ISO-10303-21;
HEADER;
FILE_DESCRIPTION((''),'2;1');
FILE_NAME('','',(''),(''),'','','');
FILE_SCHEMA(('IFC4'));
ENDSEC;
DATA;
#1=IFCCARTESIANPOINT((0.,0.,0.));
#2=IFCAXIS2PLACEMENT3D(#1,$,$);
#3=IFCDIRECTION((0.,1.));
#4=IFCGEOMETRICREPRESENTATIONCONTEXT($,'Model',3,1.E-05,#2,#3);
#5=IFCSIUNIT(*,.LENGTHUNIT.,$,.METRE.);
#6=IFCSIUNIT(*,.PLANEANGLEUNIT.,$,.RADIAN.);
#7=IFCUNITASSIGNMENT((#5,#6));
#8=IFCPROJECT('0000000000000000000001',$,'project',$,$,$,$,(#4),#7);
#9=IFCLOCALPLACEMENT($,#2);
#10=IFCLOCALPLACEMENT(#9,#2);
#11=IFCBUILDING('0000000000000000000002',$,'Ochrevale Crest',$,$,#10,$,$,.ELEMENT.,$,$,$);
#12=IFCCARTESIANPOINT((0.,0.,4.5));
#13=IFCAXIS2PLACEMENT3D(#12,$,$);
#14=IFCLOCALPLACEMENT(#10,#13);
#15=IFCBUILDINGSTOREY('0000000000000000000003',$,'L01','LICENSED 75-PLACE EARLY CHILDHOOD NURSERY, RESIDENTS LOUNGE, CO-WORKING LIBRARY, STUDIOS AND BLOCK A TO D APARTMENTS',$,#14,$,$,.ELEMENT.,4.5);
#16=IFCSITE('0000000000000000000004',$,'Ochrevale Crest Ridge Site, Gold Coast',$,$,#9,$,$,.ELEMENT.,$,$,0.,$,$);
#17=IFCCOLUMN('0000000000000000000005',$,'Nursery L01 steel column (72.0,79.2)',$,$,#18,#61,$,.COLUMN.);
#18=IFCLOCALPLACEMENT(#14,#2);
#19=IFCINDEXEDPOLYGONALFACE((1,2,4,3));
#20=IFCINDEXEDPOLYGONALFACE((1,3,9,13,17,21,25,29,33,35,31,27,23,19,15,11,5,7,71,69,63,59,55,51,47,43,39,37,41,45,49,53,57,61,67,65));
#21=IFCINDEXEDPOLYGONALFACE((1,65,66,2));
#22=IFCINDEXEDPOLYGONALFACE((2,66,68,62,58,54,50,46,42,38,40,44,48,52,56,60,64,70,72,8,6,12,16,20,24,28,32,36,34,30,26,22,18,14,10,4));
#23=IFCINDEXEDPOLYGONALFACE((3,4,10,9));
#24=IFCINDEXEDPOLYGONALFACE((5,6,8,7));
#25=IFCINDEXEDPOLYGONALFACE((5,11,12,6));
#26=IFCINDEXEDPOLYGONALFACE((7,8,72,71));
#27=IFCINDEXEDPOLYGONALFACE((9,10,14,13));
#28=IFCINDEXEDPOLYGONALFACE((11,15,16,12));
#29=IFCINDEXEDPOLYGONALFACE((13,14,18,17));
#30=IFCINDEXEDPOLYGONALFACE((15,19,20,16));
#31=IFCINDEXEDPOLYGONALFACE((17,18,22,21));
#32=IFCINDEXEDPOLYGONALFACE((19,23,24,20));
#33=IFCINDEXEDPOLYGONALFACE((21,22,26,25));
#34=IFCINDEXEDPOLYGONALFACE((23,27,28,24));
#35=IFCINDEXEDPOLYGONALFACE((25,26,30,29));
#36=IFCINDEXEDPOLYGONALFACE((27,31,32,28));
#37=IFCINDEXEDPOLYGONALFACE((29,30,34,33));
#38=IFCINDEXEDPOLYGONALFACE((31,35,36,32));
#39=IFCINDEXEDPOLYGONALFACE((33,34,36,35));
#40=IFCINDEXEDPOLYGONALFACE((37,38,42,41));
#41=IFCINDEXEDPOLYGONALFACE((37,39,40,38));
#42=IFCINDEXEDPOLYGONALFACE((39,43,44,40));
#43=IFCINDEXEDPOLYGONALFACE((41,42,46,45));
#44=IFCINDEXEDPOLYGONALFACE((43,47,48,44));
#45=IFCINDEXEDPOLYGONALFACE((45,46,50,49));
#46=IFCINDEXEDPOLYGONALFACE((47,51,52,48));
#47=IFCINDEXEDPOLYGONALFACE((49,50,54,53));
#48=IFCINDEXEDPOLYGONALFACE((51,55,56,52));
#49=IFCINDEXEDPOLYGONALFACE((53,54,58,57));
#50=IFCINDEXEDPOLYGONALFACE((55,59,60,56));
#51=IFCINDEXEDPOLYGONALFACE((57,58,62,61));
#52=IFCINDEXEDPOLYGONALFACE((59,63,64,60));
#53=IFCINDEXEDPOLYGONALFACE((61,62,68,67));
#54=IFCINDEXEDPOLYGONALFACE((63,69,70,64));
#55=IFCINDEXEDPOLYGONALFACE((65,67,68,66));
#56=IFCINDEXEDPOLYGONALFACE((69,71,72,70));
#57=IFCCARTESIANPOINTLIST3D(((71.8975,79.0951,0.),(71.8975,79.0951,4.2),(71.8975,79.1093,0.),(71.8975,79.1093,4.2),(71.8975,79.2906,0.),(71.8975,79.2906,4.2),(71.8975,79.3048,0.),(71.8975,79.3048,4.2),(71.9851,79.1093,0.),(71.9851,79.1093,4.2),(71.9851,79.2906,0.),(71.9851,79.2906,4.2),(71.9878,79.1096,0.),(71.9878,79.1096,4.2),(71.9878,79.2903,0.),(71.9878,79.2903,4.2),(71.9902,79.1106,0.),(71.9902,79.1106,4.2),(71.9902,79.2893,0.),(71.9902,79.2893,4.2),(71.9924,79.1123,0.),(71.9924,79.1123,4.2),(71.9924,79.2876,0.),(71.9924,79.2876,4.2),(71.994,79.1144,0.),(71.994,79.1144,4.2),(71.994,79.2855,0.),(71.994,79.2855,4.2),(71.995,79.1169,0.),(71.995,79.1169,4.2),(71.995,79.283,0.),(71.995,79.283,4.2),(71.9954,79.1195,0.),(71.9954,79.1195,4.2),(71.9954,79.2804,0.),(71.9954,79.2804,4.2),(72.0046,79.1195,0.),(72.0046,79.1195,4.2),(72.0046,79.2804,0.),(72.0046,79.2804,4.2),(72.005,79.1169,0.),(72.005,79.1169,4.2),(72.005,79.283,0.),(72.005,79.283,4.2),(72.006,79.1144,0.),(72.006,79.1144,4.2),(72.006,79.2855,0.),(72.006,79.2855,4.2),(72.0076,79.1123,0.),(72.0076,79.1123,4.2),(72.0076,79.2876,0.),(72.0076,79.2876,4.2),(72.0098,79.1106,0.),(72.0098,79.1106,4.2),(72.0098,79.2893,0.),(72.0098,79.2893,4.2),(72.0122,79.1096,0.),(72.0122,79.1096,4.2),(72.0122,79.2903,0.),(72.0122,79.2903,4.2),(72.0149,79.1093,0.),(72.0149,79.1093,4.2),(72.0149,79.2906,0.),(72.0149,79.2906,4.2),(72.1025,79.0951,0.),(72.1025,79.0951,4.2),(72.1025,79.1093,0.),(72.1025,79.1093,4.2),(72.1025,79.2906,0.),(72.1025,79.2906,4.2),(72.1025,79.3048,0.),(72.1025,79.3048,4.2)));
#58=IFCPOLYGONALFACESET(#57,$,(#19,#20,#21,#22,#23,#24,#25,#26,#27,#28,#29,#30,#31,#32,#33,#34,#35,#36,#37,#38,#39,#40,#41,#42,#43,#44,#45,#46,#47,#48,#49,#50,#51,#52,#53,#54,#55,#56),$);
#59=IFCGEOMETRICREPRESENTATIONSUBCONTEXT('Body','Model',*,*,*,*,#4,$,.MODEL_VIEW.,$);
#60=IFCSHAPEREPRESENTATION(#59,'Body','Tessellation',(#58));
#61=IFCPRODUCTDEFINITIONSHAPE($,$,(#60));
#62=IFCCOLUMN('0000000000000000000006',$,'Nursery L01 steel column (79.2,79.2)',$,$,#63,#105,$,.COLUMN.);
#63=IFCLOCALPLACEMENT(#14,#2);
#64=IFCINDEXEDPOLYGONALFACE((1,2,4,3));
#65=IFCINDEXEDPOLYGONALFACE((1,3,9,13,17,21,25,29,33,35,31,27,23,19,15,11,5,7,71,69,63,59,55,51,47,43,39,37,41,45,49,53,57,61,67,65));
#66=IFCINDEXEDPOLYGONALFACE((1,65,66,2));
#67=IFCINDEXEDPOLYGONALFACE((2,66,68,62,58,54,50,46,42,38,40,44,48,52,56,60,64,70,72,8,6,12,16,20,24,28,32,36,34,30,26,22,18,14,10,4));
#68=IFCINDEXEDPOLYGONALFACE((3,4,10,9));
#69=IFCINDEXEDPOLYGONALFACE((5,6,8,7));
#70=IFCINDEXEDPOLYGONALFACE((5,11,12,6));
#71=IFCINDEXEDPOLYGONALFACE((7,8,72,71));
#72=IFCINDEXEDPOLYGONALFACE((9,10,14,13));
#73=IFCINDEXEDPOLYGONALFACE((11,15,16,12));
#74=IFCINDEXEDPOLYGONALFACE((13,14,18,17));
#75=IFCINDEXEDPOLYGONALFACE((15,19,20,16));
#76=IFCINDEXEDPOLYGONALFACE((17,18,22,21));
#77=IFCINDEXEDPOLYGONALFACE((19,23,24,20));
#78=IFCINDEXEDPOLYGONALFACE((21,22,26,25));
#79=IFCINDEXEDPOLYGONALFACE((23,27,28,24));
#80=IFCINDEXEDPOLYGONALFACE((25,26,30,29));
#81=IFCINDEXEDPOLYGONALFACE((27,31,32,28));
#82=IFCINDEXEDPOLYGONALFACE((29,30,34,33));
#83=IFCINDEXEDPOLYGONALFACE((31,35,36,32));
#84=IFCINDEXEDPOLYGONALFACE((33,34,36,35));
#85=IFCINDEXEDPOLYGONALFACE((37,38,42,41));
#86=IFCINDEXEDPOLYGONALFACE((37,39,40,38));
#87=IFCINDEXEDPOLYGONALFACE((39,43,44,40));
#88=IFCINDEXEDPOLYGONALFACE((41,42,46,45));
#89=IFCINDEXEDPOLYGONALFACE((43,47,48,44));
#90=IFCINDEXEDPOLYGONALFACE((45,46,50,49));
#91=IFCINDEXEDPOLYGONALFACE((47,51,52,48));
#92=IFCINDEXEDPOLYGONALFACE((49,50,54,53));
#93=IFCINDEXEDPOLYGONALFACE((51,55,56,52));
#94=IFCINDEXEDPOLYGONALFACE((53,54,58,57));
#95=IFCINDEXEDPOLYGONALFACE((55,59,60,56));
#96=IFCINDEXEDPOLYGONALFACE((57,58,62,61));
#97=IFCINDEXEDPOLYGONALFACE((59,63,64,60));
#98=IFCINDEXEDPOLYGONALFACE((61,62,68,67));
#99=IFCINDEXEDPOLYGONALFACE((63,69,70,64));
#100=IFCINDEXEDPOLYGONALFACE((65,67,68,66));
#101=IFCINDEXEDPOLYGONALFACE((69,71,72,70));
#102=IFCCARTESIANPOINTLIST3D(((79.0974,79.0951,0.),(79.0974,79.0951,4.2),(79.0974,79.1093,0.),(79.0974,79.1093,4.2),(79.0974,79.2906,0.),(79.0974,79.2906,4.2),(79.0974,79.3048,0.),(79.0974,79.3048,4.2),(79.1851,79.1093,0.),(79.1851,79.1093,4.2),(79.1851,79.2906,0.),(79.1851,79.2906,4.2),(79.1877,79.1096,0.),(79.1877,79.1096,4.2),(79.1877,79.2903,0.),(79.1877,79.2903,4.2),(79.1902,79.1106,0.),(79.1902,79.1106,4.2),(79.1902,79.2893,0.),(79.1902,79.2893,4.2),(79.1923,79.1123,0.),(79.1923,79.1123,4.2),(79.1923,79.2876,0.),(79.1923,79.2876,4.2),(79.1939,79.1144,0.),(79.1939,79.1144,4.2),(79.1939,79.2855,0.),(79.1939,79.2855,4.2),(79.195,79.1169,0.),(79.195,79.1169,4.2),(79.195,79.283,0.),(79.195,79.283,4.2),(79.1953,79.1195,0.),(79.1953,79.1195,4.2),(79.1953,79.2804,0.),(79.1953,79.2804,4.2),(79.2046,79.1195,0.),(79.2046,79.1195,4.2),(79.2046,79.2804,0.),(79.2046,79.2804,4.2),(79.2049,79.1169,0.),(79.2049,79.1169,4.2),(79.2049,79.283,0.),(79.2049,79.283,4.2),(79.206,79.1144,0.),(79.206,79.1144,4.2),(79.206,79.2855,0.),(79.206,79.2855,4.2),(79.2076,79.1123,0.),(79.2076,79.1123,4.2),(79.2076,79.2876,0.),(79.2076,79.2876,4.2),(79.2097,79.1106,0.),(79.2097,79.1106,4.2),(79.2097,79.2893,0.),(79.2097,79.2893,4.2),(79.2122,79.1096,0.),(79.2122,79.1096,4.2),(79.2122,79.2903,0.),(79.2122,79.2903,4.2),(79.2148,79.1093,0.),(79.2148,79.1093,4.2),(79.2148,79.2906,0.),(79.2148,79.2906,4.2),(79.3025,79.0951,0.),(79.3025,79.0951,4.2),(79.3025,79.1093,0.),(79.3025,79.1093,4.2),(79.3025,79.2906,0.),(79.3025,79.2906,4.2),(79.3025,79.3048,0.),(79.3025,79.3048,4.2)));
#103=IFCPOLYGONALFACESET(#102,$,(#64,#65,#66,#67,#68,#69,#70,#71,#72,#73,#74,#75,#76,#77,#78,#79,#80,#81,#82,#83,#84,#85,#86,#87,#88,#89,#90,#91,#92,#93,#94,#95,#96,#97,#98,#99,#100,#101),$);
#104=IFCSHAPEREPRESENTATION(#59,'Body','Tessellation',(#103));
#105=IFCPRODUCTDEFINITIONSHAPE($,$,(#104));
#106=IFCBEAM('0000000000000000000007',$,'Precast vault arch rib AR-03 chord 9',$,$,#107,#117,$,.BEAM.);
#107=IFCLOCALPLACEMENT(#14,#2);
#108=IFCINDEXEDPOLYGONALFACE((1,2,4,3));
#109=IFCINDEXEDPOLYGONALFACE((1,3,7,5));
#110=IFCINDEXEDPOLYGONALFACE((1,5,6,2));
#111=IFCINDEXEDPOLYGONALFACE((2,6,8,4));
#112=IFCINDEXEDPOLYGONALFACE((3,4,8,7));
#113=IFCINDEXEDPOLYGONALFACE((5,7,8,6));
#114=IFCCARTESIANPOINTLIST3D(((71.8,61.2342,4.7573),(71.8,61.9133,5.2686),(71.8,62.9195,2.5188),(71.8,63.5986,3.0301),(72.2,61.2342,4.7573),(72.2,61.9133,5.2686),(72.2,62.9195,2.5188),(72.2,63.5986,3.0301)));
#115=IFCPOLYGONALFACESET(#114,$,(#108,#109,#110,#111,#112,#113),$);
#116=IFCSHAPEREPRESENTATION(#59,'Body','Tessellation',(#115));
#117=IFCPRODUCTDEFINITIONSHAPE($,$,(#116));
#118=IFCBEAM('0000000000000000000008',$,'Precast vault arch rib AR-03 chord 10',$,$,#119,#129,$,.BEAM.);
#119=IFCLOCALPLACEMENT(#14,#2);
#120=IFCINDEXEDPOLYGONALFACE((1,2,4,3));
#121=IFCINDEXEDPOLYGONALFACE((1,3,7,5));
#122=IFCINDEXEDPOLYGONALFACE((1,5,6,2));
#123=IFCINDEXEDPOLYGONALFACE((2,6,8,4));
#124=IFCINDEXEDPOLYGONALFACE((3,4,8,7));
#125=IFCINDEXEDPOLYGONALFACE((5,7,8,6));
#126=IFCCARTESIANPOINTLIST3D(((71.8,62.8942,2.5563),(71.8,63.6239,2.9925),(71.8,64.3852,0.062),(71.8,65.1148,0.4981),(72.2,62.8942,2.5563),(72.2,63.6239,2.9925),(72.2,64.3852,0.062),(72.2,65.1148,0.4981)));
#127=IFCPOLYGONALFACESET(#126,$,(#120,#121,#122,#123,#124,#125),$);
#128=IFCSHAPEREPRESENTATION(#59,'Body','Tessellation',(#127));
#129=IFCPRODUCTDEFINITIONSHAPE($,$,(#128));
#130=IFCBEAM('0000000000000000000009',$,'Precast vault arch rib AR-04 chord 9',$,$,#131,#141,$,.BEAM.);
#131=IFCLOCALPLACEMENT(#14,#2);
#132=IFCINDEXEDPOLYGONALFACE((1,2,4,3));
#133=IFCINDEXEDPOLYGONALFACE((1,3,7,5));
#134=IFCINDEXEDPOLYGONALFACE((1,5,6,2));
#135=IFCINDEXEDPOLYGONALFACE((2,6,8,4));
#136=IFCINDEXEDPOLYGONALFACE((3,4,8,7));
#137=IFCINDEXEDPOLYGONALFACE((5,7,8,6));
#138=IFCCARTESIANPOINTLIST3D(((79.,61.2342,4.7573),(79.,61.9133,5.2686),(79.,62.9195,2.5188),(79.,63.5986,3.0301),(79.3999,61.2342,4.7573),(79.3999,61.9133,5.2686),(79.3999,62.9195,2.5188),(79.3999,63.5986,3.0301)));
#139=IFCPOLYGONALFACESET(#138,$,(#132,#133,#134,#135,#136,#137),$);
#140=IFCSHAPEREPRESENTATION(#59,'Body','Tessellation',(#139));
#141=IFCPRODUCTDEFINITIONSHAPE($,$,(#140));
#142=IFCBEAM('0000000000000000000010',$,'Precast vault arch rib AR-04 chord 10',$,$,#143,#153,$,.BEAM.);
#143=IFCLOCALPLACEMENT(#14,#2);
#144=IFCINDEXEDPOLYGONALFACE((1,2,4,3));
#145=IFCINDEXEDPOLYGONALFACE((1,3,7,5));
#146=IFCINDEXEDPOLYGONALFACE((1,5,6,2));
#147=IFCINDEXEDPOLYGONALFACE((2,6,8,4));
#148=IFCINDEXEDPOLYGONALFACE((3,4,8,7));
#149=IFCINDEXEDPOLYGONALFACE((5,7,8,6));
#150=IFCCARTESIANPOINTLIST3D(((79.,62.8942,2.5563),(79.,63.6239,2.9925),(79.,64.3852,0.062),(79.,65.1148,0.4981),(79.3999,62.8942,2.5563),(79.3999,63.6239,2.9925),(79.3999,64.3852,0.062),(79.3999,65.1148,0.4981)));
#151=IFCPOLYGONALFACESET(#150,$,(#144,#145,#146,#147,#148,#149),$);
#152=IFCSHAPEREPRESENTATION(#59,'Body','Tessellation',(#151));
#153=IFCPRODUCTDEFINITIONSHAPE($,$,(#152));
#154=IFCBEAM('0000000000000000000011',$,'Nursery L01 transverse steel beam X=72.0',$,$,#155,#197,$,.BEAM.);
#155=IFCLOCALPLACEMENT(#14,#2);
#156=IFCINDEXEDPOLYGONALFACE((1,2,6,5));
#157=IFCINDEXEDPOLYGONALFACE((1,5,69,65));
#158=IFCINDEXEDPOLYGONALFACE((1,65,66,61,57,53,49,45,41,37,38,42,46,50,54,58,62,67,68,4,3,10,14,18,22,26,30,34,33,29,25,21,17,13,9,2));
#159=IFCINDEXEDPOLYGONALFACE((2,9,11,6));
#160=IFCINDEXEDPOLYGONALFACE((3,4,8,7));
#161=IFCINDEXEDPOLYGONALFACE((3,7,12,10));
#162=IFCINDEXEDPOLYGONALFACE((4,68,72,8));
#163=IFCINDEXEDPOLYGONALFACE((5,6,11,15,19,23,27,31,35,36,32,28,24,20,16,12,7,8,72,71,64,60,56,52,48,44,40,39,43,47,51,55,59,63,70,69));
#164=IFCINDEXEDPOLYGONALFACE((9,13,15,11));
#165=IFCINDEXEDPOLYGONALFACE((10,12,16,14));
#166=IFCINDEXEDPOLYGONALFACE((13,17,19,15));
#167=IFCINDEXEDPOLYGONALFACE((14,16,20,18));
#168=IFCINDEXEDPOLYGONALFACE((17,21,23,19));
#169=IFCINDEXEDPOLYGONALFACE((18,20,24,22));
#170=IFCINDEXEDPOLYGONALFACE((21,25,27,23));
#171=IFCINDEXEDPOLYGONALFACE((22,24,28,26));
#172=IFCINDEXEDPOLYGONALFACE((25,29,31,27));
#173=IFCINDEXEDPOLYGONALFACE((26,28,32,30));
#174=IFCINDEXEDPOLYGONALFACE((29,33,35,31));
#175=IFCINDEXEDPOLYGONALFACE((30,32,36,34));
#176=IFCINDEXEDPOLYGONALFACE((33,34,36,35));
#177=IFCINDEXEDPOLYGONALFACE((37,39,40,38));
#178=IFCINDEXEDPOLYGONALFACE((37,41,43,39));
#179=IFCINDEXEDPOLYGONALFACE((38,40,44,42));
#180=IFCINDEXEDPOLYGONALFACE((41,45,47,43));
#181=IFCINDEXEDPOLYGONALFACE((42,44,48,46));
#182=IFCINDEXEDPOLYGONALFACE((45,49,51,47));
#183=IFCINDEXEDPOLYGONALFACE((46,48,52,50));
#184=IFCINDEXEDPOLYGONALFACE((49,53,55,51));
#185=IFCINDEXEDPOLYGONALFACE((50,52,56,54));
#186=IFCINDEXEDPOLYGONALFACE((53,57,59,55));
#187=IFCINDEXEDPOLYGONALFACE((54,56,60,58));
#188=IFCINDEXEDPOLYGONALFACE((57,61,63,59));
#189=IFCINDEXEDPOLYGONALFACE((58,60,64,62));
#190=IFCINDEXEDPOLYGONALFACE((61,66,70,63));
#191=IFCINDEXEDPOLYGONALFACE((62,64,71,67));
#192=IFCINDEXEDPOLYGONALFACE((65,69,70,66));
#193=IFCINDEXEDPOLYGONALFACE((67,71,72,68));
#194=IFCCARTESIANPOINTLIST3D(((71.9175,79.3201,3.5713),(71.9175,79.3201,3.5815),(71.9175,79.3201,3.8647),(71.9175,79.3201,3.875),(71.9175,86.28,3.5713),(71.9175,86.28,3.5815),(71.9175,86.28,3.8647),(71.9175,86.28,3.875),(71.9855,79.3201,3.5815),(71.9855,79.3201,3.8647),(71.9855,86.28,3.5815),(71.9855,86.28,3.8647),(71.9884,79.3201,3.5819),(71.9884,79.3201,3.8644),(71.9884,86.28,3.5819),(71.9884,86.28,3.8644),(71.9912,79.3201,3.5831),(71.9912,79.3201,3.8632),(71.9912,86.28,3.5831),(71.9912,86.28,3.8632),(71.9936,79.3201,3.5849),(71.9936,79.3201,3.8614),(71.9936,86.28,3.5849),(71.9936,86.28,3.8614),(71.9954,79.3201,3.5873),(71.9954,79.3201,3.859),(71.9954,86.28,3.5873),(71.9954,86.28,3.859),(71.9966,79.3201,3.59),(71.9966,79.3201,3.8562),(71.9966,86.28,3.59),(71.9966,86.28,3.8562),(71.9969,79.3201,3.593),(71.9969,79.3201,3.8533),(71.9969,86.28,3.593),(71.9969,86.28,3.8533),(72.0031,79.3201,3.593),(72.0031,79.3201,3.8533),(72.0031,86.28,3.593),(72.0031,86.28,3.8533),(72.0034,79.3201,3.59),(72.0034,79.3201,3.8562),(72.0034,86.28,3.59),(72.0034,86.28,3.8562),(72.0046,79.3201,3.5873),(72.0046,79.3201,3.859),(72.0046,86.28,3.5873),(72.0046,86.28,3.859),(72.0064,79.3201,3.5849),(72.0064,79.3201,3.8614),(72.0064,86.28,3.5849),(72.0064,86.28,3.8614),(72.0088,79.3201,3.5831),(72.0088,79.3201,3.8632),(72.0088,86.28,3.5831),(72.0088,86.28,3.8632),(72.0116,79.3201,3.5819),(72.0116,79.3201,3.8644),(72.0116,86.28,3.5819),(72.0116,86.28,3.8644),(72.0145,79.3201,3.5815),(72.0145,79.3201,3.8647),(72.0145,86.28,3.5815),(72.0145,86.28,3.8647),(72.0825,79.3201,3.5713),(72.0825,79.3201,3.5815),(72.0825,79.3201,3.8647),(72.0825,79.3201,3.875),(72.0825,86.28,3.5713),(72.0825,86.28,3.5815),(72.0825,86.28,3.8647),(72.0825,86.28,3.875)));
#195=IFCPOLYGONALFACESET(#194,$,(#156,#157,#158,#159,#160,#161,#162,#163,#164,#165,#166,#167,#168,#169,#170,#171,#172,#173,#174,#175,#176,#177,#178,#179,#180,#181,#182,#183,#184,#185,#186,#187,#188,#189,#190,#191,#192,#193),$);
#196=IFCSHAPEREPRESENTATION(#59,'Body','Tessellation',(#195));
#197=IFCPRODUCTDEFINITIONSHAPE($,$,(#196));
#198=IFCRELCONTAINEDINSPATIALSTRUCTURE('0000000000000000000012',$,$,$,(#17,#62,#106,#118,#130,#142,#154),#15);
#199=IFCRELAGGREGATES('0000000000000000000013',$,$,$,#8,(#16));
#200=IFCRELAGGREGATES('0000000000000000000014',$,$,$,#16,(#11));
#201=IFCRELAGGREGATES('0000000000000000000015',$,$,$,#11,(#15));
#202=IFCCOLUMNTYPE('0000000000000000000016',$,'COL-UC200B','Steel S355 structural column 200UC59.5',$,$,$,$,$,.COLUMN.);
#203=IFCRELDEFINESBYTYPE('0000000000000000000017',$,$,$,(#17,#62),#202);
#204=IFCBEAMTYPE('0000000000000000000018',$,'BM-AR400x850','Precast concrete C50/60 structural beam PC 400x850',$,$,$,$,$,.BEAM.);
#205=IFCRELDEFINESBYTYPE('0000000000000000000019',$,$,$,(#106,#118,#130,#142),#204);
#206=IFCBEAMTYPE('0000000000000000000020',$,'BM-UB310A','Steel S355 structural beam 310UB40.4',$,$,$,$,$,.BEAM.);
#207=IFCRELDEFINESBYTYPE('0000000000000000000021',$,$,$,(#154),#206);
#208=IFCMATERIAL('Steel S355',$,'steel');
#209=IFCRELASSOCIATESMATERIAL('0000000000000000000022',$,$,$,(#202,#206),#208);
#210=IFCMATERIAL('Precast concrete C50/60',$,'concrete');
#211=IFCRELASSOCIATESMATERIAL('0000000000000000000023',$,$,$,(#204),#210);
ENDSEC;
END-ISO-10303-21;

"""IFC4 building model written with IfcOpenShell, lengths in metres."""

from ifc_helpers import new_model, si_unit, direction, frame, origin, origin_2d, place, context, subcontext, project, spatial, rectangle, i_section, extrude, material, material_profile, profile_set, type_object, element, save


model = new_model("IFC4")

# Units and contexts
model_context = context("Model", 3, precision=1e-05, world=origin(), true_north=direction((0.0, 1.0)))
body_context = subcontext(model_context, "Body", "Model", "MODEL_VIEW")
ifc_project = project(units=[si_unit("LENGTHUNIT", "METRE"), si_unit("PLANEANGLEUNIT", "RADIAN")], contexts=[model_context])

# Site, building, storey
site_placement = place(None, origin())
site = spatial("IfcSite", under=ifc_project, at=site_placement, Name="Ochrevale Crest Ridge Site, Gold Coast", CompositionType="ELEMENT", RefElevation=0.0)
building_placement = place(site_placement, origin())
building = spatial("IfcBuilding", under=site, at=building_placement, Name="Ochrevale Crest", CompositionType="ELEMENT")
storey_placement = place(building_placement, frame((0.0, 0.0, 4.5)))
storey = spatial("IfcBuildingStorey", under=building, at=storey_placement, Name="L01", Description="LICENSED 75-PLACE EARLY CHILDHOOD NURSERY, RESIDENTS LOUNGE, CO-WORKING LIBRARY, STUDIOS AND BLOCK A TO D APARTMENTS", CompositionType="ELEMENT", Elevation=4.5)

# Columns
ifc_material_1 = material(Name="Steel S355", Category="steel")
ifc_material_profile_1 = material_profile(ifc_material_1, i_section(OverallWidth=0.2051, OverallDepth=0.2097, WebThickness=0.0093, FlangeThickness=0.0142, FilletRadius=0.0103, at=origin_2d()), Name="200UC59.5")
ifc_profile_set_1 = profile_set([ifc_material_profile_1], Name="Steel S355")
column_type = type_object("IfcColumnType", Name="COL-UC200B", Description="Steel S355 structural column 200UC59.5", PredefinedType="COLUMN", material=ifc_profile_set_1)
for number, where, z_axis, x_axis, name in (
    (1, (72.0, 79.2, 0.0), (0.0, 0.0, 1.0), (1.0, 0.0, 0.0), "Nursery L01 steel column (72.0,79.2)"),
    (2, (79.2, 79.2, 0.0), (0.0, 0.0, 1.0), (1.0, 0.0, 0.0), "Nursery L01 steel column (79.2,79.2)"),
):
    element("IfcColumn", number, at=place(storey_placement, frame(where, z_axis=z_axis, x_axis=x_axis)), inside=storey, type_object=column_type, Name=name, PredefinedType="COLUMN", context=body_context, shape_type="SweptSolid", body=[
        extrude(i_section(OverallWidth=0.2051, OverallDepth=0.2097, WebThickness=0.0093, FlangeThickness=0.0142, FilletRadius=0.0103, at=origin_2d()), origin(), (0.0, 0.0, 1.0), 4.2),
    ])

# Beams
ifc_material_2 = material(Name="Precast concrete C50/60", Category="concrete")
ifc_material_profile_2 = material_profile(ifc_material_2, rectangle(XDim=0.3999, YDim=0.8501, at=origin_2d()), Name="PC 400x850")
ifc_profile_set_2 = profile_set([ifc_material_profile_2], Name="Precast concrete C50/60")
beam_type_1 = type_object("IfcBeamType", Name="BM-AR400x850", Description="Precast concrete C50/60 structural beam PC 400x850", PredefinedType="BEAM", material=ifc_profile_set_2)
beam_1_placement = place(storey_placement, frame((72.0, 61.5737, 5.0129), z_axis=(0.0, 0.601463, -0.798901), x_axis=(-1.0, 0.0, 0.0)))
element("IfcBeam", 3, at=beam_1_placement, inside=storey, type_object=beam_type_1, Name="Precast vault arch rib AR-03 chord 9", PredefinedType="BEAM", context=body_context, shape_type="SweptSolid", body=[
    extrude(rectangle(XDim=0.3999, YDim=0.8501, at=origin_2d()), origin(), (0.0, 0.0, 1.0), 2.802),
])
beam_2_placement = place(storey_placement, frame((72.0, 63.259, 2.7744), z_axis=(0.0, 0.513062, -0.858352), x_axis=(-1.0, 0.0, 0.0)))
element("IfcBeam", 4, at=beam_2_placement, inside=storey, type_object=beam_type_1, Name="Precast vault arch rib AR-03 chord 10", PredefinedType="BEAM", context=body_context, shape_type="SweptSolid", body=[
    extrude(rectangle(XDim=0.3999, YDim=0.8501, at=origin_2d()), origin(), (0.0, 0.0, 1.0), 2.906),
])
beam_3_placement = place(storey_placement, frame((79.2, 61.5737, 5.0129), z_axis=(0.0, 0.601463, -0.798901), x_axis=(-1.0, 0.0, 0.0)))
element("IfcBeam", 5, at=beam_3_placement, inside=storey, type_object=beam_type_1, Name="Precast vault arch rib AR-04 chord 9", PredefinedType="BEAM", context=body_context, shape_type="SweptSolid", body=[
    extrude(rectangle(XDim=0.3999, YDim=0.8501, at=origin_2d()), origin(), (0.0, 0.0, 1.0), 2.802),
])
beam_4_placement = place(storey_placement, frame((79.2, 63.259, 2.7744), z_axis=(0.0, 0.513062, -0.858352), x_axis=(-1.0, 0.0, 0.0)))
element("IfcBeam", 6, at=beam_4_placement, inside=storey, type_object=beam_type_1, Name="Precast vault arch rib AR-04 chord 10", PredefinedType="BEAM", context=body_context, shape_type="SweptSolid", body=[
    extrude(rectangle(XDim=0.3999, YDim=0.8501, at=origin_2d()), origin(), (0.0, 0.0, 1.0), 2.906),
])
ifc_material_profile_3 = material_profile(ifc_material_1, i_section(OverallWidth=0.165, OverallDepth=0.3037, WebThickness=0.0061, FlangeThickness=0.0103, FilletRadius=0.0115, at=origin_2d()), Name="310UB40.4")
ifc_profile_set_3 = profile_set([ifc_material_profile_3], Name="Steel S355")
beam_type_2 = type_object("IfcBeamType", Name="BM-UB310A", Description="Steel S355 structural beam 310UB40.4", PredefinedType="BEAM", material=ifc_profile_set_3)
beam_5_placement = place(storey_placement, frame((72.0, 79.3201, 3.7231), z_axis=(0.0, 1.0, 0.0), x_axis=(-1.0, 0.0, 0.0)))
element("IfcBeam", 7, at=beam_5_placement, inside=storey, type_object=beam_type_2, Name="Nursery L01 transverse steel beam X=72.0", PredefinedType="BEAM", context=body_context, shape_type="SweptSolid", body=[
    extrude(i_section(OverallWidth=0.165, OverallDepth=0.3037, WebThickness=0.0061, FlangeThickness=0.0103, FilletRadius=0.0115, at=origin_2d()), origin(), (0.0, 0.0, 1.0), 6.96),
])

save(model, "model.ifc")
